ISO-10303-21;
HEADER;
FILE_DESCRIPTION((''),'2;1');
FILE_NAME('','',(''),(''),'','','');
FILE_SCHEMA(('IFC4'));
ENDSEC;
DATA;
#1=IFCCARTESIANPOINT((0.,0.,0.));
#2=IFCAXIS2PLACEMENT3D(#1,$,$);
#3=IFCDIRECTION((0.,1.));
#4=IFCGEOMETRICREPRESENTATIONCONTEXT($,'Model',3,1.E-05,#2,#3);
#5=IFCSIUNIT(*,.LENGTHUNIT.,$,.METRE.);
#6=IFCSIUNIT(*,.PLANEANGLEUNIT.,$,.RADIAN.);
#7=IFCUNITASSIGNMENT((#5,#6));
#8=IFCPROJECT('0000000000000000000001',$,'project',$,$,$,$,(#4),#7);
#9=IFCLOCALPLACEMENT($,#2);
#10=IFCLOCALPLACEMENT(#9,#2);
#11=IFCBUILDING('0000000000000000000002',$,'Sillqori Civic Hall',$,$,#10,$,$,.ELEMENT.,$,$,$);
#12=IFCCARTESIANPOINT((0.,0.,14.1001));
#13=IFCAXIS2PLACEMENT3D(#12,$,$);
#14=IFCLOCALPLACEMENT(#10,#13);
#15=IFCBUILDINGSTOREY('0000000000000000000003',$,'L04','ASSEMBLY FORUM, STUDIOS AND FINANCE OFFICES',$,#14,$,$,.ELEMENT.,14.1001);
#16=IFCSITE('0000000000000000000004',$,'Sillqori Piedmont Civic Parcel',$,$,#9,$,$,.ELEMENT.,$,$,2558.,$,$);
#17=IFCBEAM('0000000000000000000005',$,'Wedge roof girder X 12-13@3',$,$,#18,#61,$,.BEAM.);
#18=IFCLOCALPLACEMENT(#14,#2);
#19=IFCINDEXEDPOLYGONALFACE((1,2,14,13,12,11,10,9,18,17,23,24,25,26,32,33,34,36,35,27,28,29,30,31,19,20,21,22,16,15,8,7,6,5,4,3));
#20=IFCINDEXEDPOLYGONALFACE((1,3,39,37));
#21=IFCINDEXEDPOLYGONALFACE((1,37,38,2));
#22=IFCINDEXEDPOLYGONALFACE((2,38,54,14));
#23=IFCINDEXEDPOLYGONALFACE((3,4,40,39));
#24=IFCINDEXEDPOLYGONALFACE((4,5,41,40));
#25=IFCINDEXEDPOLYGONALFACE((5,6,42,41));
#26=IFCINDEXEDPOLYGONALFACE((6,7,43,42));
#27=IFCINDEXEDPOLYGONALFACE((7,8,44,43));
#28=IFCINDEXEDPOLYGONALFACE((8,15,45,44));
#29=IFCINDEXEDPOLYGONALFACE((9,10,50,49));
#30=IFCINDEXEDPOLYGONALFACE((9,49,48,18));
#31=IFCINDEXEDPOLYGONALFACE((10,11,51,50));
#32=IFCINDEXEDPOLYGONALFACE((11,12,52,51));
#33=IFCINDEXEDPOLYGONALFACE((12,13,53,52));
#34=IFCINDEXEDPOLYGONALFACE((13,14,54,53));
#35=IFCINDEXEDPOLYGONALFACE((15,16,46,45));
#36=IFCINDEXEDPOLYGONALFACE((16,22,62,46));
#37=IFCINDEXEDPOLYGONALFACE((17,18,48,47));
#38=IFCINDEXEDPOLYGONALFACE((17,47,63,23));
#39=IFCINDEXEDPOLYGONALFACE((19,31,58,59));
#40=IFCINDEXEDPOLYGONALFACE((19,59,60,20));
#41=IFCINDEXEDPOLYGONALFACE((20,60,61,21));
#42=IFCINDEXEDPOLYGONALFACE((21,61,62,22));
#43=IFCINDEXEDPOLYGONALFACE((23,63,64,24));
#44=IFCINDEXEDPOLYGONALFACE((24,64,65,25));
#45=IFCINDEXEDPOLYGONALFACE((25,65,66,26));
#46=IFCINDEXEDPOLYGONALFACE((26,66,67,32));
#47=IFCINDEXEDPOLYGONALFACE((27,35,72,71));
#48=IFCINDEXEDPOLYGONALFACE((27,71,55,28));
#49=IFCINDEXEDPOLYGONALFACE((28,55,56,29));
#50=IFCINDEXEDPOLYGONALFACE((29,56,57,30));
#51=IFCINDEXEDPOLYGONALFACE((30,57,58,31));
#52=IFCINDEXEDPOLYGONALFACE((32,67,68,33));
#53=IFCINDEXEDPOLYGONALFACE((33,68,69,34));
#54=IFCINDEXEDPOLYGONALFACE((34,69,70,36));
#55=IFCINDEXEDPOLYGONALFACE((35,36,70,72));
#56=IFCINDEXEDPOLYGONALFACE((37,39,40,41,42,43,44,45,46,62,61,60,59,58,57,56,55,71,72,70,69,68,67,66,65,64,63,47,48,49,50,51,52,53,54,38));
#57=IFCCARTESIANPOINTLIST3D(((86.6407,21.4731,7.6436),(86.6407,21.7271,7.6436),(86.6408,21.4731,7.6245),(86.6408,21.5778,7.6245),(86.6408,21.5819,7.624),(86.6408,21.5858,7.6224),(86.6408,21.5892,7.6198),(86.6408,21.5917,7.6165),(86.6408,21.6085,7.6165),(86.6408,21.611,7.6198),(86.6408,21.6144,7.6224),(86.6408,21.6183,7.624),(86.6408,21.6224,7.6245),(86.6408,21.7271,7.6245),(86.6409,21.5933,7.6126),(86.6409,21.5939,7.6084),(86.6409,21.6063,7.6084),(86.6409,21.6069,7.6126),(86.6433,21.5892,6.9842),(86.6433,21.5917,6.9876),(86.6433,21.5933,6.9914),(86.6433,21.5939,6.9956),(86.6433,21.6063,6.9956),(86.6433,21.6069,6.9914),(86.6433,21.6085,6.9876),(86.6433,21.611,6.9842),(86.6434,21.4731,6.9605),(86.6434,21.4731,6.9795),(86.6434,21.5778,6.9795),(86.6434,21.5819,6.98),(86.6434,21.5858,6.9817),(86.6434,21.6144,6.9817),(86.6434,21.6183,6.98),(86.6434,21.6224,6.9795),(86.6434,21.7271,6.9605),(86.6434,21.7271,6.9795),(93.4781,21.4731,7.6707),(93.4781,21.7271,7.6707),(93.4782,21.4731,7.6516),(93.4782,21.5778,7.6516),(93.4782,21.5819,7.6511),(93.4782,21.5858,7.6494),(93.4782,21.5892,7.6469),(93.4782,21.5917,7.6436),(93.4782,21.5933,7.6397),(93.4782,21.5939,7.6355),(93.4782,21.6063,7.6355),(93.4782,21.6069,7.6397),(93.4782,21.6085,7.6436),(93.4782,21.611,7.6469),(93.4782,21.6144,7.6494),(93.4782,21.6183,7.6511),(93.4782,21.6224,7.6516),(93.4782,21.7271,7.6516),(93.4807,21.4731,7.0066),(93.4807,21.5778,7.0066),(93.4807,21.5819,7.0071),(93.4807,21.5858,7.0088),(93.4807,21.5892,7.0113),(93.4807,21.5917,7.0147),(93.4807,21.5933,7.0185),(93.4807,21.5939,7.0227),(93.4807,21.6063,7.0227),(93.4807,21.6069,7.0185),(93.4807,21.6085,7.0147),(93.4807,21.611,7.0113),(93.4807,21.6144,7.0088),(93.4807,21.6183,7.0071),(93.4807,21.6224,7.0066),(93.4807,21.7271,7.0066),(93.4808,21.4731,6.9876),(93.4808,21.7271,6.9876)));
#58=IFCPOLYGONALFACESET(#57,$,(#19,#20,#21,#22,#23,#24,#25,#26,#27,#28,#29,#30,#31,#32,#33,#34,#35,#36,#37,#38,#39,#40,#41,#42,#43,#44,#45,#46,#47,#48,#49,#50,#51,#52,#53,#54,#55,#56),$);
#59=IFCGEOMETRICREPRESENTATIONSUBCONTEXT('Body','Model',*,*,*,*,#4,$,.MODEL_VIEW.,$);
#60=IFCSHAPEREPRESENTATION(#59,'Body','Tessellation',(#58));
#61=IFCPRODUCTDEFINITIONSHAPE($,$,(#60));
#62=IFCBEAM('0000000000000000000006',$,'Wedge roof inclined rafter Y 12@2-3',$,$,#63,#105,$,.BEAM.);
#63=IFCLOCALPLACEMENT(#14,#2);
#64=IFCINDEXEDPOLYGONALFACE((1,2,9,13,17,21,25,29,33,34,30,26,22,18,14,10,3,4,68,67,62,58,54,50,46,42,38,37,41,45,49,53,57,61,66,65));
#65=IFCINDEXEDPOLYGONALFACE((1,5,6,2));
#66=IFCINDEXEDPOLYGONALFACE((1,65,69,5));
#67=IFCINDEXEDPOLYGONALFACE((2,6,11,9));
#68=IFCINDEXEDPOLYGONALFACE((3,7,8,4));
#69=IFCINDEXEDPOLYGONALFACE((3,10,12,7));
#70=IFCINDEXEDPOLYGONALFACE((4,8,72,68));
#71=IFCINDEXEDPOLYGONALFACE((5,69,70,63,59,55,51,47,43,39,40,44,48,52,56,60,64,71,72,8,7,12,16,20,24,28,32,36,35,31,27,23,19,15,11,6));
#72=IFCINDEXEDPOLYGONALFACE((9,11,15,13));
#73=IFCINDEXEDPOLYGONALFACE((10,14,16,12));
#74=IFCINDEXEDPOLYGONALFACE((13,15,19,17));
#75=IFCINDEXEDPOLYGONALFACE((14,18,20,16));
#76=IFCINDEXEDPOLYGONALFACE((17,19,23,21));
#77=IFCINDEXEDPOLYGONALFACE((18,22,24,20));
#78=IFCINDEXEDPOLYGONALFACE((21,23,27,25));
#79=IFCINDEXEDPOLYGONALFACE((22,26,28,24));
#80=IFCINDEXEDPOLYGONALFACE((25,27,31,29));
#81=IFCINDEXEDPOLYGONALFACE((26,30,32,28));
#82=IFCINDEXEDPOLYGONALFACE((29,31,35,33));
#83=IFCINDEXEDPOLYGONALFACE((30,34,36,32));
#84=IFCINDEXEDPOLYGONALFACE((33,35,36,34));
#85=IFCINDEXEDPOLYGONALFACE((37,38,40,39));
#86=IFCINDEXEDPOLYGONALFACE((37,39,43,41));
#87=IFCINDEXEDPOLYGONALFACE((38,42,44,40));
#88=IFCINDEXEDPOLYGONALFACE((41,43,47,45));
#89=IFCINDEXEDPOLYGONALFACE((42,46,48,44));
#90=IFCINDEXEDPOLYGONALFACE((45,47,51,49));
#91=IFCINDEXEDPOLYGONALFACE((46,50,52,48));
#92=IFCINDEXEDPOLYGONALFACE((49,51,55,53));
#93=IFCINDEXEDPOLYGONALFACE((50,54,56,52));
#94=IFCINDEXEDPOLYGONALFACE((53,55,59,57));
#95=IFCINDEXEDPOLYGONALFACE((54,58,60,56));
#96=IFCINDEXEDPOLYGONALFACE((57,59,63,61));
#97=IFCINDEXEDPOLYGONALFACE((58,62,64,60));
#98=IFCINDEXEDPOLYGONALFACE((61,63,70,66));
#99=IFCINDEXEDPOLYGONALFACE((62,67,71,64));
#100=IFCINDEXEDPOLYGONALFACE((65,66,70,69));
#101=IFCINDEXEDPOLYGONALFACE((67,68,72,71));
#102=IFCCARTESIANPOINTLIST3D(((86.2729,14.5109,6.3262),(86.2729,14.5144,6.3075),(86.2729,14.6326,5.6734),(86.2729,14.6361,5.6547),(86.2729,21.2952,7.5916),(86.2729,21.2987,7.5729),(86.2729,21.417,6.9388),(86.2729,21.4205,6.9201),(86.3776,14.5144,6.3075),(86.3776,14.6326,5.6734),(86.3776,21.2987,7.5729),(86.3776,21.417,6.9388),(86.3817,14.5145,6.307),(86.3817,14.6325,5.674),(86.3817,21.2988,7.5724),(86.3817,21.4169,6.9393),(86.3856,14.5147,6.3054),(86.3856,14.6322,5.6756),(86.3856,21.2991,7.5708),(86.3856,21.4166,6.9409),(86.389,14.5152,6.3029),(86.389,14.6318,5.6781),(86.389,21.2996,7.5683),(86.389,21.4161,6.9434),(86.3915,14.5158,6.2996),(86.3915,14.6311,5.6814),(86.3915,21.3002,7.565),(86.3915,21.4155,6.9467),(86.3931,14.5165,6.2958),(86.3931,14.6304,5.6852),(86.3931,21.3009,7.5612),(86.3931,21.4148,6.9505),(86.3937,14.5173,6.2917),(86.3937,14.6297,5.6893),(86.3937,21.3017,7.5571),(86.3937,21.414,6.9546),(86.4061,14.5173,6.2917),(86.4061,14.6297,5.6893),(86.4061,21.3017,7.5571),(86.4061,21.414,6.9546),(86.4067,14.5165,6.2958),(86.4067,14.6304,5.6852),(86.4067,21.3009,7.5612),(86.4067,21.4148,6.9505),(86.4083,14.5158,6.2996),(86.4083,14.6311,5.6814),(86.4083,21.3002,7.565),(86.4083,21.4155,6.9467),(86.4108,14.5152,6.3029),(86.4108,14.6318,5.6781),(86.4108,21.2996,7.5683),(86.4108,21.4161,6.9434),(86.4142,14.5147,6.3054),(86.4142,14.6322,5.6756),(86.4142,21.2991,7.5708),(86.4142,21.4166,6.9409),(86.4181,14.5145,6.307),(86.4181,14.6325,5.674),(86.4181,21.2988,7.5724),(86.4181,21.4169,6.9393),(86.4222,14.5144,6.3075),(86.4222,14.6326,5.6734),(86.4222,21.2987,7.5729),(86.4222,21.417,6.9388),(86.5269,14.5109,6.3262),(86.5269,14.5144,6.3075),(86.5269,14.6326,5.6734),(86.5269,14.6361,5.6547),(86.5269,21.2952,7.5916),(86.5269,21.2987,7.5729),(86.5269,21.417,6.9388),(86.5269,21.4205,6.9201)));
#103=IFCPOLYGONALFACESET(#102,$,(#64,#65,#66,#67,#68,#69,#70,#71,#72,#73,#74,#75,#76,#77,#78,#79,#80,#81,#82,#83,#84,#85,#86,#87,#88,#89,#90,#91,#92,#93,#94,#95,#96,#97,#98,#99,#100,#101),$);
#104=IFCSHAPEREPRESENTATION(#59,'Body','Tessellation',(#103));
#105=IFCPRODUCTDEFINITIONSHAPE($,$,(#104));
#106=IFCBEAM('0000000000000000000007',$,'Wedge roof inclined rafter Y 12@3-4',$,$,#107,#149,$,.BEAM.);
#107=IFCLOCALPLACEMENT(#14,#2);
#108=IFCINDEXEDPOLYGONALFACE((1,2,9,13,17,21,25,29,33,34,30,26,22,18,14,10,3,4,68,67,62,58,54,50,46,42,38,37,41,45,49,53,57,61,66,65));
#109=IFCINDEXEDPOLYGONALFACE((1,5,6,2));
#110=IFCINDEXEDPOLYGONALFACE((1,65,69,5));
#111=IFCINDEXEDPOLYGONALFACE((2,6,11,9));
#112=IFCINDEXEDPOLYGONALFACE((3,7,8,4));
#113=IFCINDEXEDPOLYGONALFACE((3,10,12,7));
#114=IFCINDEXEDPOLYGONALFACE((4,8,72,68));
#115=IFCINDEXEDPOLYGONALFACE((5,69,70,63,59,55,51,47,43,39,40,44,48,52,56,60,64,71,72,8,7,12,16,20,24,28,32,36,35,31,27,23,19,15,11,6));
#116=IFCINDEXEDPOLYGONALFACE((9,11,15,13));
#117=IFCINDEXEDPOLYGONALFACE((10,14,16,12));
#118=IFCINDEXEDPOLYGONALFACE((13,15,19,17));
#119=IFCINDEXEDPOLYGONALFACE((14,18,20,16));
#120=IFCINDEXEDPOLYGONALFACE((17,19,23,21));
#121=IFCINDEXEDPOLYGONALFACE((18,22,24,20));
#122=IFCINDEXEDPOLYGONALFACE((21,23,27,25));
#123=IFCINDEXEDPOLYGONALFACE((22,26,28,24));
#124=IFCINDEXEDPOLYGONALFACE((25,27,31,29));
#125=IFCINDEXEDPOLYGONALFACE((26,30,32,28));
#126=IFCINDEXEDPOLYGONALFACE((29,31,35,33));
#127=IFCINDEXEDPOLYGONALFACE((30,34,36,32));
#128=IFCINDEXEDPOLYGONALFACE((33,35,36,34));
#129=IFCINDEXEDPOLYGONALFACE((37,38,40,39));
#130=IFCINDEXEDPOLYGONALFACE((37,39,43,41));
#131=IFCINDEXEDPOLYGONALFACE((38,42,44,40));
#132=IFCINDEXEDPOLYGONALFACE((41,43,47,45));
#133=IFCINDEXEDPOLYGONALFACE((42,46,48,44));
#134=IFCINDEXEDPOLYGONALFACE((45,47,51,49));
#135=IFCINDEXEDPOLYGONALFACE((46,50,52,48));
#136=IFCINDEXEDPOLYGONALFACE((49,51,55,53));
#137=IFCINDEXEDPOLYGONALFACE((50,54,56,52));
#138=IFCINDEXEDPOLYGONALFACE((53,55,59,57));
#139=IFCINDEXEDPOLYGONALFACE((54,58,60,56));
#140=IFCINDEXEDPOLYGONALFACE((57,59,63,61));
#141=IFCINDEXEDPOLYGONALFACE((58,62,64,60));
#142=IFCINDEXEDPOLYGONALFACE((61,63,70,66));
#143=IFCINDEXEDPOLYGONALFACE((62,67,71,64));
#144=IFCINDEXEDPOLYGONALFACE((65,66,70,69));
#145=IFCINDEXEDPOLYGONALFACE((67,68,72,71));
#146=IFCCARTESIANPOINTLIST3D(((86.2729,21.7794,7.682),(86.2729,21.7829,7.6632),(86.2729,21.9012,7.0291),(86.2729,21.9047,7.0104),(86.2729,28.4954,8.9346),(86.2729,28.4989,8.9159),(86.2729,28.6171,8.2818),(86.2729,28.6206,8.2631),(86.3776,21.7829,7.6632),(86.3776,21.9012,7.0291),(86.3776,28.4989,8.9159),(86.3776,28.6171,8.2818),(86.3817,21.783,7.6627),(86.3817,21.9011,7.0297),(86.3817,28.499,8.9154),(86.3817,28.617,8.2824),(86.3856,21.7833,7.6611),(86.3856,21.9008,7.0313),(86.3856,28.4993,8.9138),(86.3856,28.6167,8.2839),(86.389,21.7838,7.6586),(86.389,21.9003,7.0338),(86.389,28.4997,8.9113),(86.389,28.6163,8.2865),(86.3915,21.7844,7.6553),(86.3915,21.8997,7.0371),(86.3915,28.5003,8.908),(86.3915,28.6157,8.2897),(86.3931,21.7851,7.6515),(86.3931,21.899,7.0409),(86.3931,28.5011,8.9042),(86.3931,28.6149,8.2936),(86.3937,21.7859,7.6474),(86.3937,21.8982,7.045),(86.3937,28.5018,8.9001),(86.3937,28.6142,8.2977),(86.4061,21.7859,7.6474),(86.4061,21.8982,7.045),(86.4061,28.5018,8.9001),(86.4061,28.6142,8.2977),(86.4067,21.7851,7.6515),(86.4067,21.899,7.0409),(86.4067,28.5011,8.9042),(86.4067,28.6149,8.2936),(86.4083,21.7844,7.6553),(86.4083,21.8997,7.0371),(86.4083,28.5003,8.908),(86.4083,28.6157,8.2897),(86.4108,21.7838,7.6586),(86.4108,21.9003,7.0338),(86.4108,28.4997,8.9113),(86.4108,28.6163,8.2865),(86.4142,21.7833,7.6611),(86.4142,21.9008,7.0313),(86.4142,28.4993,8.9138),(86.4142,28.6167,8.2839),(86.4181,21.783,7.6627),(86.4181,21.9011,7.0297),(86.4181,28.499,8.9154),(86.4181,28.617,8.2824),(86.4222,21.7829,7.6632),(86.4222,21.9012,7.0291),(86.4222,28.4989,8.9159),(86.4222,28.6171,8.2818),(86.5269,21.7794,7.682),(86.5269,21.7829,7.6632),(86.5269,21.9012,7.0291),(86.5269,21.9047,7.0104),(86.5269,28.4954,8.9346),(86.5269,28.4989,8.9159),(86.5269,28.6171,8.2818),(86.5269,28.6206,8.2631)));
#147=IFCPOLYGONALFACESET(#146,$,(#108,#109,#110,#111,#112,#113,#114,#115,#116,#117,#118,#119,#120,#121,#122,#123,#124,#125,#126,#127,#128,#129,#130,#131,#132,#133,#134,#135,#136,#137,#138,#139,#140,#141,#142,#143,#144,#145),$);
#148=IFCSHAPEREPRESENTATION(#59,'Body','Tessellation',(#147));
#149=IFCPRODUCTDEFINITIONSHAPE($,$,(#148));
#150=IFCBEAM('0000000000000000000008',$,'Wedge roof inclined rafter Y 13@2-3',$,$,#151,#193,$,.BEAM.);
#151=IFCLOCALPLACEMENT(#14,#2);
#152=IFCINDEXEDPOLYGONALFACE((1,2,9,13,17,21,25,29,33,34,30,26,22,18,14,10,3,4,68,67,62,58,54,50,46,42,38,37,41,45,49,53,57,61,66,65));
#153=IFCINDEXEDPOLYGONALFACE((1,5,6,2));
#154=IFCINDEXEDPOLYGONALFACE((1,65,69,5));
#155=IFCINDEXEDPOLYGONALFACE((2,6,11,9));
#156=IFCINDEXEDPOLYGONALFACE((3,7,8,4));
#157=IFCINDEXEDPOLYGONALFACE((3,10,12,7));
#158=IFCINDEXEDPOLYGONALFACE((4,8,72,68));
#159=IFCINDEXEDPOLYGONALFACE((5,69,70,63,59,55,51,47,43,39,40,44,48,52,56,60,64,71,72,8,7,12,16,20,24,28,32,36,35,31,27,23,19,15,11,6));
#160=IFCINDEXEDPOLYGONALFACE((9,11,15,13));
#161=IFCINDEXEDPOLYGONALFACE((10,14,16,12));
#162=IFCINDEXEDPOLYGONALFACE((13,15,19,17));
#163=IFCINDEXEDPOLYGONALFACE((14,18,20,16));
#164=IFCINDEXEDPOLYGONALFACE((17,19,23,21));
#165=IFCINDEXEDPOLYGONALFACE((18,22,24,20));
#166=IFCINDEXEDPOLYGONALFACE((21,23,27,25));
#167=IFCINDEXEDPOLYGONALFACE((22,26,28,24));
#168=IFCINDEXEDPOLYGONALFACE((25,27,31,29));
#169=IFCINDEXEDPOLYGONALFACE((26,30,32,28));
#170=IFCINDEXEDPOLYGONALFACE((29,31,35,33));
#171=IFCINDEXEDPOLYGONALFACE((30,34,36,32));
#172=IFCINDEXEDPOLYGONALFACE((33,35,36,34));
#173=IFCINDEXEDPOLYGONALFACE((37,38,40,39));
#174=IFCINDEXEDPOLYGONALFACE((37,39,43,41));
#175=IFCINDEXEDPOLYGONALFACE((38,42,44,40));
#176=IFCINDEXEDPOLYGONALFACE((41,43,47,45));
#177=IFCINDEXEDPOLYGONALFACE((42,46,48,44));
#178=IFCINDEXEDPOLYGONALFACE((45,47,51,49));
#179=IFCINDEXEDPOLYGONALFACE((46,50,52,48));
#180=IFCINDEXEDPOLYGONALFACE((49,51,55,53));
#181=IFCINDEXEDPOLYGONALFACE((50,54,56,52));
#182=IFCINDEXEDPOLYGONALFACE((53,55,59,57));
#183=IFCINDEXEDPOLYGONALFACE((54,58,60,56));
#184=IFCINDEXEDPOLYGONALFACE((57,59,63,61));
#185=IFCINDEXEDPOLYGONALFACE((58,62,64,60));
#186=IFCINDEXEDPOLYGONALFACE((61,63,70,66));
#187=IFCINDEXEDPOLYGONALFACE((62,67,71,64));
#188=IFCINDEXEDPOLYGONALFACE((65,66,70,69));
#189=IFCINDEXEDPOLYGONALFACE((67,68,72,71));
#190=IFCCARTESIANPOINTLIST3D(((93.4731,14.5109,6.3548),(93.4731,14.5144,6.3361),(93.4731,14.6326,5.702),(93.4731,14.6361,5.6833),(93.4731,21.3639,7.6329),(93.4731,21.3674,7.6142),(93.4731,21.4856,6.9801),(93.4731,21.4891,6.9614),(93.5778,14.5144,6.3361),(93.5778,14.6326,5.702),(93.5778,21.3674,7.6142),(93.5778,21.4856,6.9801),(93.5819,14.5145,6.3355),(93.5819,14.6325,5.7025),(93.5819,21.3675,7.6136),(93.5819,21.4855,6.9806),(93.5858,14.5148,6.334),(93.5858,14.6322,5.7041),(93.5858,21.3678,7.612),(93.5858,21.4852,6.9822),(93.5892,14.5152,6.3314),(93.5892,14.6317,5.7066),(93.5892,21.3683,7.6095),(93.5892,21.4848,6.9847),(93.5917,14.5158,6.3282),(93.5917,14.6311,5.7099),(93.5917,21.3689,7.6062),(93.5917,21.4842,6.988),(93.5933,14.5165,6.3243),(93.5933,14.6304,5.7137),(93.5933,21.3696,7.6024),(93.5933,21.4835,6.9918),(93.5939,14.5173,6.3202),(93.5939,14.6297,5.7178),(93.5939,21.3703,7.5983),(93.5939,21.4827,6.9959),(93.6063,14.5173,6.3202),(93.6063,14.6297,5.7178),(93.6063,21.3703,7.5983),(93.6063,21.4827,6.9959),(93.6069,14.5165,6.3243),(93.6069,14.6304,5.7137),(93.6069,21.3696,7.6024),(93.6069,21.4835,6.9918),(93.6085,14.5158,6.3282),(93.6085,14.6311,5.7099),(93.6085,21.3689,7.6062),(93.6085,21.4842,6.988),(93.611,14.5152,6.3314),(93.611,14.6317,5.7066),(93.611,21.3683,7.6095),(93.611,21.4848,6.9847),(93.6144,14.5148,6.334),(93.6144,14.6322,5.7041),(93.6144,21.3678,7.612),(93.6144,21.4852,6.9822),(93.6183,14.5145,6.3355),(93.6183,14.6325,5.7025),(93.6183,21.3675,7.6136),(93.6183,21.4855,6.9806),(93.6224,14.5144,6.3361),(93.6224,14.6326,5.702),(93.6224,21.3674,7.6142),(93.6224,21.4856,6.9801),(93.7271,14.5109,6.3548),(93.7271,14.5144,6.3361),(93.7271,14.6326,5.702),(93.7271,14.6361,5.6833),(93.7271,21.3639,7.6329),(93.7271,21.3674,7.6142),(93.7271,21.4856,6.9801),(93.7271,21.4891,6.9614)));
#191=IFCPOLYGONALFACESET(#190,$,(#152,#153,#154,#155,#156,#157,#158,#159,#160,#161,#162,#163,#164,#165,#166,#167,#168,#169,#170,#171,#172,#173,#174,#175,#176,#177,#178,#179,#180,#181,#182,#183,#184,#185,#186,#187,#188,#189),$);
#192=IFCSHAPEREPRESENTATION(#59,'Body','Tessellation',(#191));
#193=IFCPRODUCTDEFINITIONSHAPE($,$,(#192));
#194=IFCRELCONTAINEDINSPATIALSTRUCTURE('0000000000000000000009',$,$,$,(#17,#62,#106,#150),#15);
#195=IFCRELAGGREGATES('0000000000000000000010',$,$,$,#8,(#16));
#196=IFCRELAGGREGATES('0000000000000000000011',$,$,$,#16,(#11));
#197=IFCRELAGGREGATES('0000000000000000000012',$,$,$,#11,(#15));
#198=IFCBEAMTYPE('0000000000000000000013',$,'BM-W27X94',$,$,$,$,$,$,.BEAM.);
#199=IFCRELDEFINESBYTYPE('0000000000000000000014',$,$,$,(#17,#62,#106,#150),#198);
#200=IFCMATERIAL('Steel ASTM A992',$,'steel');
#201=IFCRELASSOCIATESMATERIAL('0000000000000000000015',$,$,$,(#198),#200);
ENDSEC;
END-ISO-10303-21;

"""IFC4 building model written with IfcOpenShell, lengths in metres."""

from ifc_helpers import new_model, si_unit, direction, frame, origin, origin_2d, place, context, subcontext, project, spatial, i_section, extrude, material, material_profile, profile_set, type_object, element, save


model = new_model("IFC4")

# Units and contexts
model_context = context("Model", 3, precision=1e-05, world=origin(), true_north=direction((0.0, 1.0)))
body_context = subcontext(model_context, "Body", "Model", "MODEL_VIEW")
ifc_project = project(units=[si_unit("LENGTHUNIT", "METRE"), si_unit("PLANEANGLEUNIT", "RADIAN")], contexts=[model_context])

# Site, building, storey
site_placement = place(None, origin())
site = spatial("IfcSite", under=ifc_project, at=site_placement, Name="Sillqori Piedmont Civic Parcel", CompositionType="ELEMENT", RefElevation=2558.0)
building_placement = place(site_placement, origin())
building = spatial("IfcBuilding", under=site, at=building_placement, Name="Sillqori Civic Hall", CompositionType="ELEMENT")
storey_placement = place(building_placement, frame((0.0, 0.0, 14.1001)))
storey = spatial("IfcBuildingStorey", under=building, at=storey_placement, Name="L04", Description="ASSEMBLY FORUM, STUDIOS AND FINANCE OFFICES", CompositionType="ELEMENT", Elevation=14.1001)

# Shared definitions
ifc_material_1 = material(Name="Steel ASTM A992", Category="steel")

# Beams
ifc_material_profile_1 = material_profile(ifc_material_1, i_section(OverallWidth=0.2539, OverallDepth=0.6831, WebThickness=0.0125, FlangeThickness=0.019, FilletRadius=0.0161, at=origin_2d()), Name="W27X94")
ifc_profile_set_1 = profile_set([ifc_material_profile_1], Name="Steel ASTM A992")
beam_type_1 = type_object("IfcBeamType", Name="BM-W27X94", PredefinedType="BEAM", material=ifc_profile_set_1)
beam_1_placement = place(storey_placement, frame((86.6421, 21.6001, 7.302), z_axis=(0.999992, 0.0, 0.003963), x_axis=(0.0, 1.0, 0.0)))
element("IfcBeam", 1, at=beam_1_placement, inside=storey, type_object=beam_type_1, Name="Wedge roof girder X 12-13@3", PredefinedType="BEAM", context=body_context, shape_type="SweptSolid", body=[
    extrude(i_section(OverallWidth=0.2539, OverallDepth=0.6831, WebThickness=0.0125, FlangeThickness=0.019, FilletRadius=0.0161, at=origin_2d()), origin(), (0.0, 0.0, 1.0), 6.8374),
])
beam_2_placement = place(storey_placement, frame((86.3999, 14.5735, 5.9905), z_axis=(0.0, 0.983048, 0.183351), x_axis=(-1.0, 0.0, 0.0)))
element("IfcBeam", 2, at=beam_2_placement, inside=storey, type_object=beam_type_1, Name="Wedge roof inclined rafter Y 12@2-3", PredefinedType="BEAM", context=body_context, shape_type="SweptSolid", body=[
    extrude(i_section(OverallWidth=0.2539, OverallDepth=0.6831, WebThickness=0.0125, FlangeThickness=0.019, FilletRadius=0.0161, at=origin_2d()), origin(), (0.0, 0.0, 1.0), 6.9014),
])
beam_3_placement = place(storey_placement, frame((86.3999, 21.842, 7.3462), z_axis=(0.0, 0.983046, 0.183359), x_axis=(-1.0, 0.0, 0.0)))
element("IfcBeam", 3, at=beam_3_placement, inside=storey, type_object=beam_type_1, Name="Wedge roof inclined rafter Y 12@3-4", PredefinedType="BEAM", context=body_context, shape_type="SweptSolid", body=[
    extrude(i_section(OverallWidth=0.2539, OverallDepth=0.6831, WebThickness=0.0125, FlangeThickness=0.019, FilletRadius=0.0161, at=origin_2d()), origin(), (0.0, 0.0, 1.0), 6.8318),
])
for number, where, z_axis, x_axis, name in (
    (4, (93.6001, 14.5735, 6.019), (0.0, 0.98305, 0.183337), (-1.0, 0.0, 0.0), "Wedge roof inclined rafter Y 13@2-3"),
):
    element("IfcBeam", number, at=place(storey_placement, frame(where, z_axis=z_axis, x_axis=x_axis)), inside=storey, type_object=beam_type_1, Name=name, PredefinedType="BEAM", context=body_context, shape_type="SweptSolid", body=[
        extrude(i_section(OverallWidth=0.2539, OverallDepth=0.6831, WebThickness=0.0125, FlangeThickness=0.019, FilletRadius=0.0161, at=origin_2d()), origin(), (0.0, 0.0, 1.0), 6.9712),
    ])

save(model, "model.ifc")
